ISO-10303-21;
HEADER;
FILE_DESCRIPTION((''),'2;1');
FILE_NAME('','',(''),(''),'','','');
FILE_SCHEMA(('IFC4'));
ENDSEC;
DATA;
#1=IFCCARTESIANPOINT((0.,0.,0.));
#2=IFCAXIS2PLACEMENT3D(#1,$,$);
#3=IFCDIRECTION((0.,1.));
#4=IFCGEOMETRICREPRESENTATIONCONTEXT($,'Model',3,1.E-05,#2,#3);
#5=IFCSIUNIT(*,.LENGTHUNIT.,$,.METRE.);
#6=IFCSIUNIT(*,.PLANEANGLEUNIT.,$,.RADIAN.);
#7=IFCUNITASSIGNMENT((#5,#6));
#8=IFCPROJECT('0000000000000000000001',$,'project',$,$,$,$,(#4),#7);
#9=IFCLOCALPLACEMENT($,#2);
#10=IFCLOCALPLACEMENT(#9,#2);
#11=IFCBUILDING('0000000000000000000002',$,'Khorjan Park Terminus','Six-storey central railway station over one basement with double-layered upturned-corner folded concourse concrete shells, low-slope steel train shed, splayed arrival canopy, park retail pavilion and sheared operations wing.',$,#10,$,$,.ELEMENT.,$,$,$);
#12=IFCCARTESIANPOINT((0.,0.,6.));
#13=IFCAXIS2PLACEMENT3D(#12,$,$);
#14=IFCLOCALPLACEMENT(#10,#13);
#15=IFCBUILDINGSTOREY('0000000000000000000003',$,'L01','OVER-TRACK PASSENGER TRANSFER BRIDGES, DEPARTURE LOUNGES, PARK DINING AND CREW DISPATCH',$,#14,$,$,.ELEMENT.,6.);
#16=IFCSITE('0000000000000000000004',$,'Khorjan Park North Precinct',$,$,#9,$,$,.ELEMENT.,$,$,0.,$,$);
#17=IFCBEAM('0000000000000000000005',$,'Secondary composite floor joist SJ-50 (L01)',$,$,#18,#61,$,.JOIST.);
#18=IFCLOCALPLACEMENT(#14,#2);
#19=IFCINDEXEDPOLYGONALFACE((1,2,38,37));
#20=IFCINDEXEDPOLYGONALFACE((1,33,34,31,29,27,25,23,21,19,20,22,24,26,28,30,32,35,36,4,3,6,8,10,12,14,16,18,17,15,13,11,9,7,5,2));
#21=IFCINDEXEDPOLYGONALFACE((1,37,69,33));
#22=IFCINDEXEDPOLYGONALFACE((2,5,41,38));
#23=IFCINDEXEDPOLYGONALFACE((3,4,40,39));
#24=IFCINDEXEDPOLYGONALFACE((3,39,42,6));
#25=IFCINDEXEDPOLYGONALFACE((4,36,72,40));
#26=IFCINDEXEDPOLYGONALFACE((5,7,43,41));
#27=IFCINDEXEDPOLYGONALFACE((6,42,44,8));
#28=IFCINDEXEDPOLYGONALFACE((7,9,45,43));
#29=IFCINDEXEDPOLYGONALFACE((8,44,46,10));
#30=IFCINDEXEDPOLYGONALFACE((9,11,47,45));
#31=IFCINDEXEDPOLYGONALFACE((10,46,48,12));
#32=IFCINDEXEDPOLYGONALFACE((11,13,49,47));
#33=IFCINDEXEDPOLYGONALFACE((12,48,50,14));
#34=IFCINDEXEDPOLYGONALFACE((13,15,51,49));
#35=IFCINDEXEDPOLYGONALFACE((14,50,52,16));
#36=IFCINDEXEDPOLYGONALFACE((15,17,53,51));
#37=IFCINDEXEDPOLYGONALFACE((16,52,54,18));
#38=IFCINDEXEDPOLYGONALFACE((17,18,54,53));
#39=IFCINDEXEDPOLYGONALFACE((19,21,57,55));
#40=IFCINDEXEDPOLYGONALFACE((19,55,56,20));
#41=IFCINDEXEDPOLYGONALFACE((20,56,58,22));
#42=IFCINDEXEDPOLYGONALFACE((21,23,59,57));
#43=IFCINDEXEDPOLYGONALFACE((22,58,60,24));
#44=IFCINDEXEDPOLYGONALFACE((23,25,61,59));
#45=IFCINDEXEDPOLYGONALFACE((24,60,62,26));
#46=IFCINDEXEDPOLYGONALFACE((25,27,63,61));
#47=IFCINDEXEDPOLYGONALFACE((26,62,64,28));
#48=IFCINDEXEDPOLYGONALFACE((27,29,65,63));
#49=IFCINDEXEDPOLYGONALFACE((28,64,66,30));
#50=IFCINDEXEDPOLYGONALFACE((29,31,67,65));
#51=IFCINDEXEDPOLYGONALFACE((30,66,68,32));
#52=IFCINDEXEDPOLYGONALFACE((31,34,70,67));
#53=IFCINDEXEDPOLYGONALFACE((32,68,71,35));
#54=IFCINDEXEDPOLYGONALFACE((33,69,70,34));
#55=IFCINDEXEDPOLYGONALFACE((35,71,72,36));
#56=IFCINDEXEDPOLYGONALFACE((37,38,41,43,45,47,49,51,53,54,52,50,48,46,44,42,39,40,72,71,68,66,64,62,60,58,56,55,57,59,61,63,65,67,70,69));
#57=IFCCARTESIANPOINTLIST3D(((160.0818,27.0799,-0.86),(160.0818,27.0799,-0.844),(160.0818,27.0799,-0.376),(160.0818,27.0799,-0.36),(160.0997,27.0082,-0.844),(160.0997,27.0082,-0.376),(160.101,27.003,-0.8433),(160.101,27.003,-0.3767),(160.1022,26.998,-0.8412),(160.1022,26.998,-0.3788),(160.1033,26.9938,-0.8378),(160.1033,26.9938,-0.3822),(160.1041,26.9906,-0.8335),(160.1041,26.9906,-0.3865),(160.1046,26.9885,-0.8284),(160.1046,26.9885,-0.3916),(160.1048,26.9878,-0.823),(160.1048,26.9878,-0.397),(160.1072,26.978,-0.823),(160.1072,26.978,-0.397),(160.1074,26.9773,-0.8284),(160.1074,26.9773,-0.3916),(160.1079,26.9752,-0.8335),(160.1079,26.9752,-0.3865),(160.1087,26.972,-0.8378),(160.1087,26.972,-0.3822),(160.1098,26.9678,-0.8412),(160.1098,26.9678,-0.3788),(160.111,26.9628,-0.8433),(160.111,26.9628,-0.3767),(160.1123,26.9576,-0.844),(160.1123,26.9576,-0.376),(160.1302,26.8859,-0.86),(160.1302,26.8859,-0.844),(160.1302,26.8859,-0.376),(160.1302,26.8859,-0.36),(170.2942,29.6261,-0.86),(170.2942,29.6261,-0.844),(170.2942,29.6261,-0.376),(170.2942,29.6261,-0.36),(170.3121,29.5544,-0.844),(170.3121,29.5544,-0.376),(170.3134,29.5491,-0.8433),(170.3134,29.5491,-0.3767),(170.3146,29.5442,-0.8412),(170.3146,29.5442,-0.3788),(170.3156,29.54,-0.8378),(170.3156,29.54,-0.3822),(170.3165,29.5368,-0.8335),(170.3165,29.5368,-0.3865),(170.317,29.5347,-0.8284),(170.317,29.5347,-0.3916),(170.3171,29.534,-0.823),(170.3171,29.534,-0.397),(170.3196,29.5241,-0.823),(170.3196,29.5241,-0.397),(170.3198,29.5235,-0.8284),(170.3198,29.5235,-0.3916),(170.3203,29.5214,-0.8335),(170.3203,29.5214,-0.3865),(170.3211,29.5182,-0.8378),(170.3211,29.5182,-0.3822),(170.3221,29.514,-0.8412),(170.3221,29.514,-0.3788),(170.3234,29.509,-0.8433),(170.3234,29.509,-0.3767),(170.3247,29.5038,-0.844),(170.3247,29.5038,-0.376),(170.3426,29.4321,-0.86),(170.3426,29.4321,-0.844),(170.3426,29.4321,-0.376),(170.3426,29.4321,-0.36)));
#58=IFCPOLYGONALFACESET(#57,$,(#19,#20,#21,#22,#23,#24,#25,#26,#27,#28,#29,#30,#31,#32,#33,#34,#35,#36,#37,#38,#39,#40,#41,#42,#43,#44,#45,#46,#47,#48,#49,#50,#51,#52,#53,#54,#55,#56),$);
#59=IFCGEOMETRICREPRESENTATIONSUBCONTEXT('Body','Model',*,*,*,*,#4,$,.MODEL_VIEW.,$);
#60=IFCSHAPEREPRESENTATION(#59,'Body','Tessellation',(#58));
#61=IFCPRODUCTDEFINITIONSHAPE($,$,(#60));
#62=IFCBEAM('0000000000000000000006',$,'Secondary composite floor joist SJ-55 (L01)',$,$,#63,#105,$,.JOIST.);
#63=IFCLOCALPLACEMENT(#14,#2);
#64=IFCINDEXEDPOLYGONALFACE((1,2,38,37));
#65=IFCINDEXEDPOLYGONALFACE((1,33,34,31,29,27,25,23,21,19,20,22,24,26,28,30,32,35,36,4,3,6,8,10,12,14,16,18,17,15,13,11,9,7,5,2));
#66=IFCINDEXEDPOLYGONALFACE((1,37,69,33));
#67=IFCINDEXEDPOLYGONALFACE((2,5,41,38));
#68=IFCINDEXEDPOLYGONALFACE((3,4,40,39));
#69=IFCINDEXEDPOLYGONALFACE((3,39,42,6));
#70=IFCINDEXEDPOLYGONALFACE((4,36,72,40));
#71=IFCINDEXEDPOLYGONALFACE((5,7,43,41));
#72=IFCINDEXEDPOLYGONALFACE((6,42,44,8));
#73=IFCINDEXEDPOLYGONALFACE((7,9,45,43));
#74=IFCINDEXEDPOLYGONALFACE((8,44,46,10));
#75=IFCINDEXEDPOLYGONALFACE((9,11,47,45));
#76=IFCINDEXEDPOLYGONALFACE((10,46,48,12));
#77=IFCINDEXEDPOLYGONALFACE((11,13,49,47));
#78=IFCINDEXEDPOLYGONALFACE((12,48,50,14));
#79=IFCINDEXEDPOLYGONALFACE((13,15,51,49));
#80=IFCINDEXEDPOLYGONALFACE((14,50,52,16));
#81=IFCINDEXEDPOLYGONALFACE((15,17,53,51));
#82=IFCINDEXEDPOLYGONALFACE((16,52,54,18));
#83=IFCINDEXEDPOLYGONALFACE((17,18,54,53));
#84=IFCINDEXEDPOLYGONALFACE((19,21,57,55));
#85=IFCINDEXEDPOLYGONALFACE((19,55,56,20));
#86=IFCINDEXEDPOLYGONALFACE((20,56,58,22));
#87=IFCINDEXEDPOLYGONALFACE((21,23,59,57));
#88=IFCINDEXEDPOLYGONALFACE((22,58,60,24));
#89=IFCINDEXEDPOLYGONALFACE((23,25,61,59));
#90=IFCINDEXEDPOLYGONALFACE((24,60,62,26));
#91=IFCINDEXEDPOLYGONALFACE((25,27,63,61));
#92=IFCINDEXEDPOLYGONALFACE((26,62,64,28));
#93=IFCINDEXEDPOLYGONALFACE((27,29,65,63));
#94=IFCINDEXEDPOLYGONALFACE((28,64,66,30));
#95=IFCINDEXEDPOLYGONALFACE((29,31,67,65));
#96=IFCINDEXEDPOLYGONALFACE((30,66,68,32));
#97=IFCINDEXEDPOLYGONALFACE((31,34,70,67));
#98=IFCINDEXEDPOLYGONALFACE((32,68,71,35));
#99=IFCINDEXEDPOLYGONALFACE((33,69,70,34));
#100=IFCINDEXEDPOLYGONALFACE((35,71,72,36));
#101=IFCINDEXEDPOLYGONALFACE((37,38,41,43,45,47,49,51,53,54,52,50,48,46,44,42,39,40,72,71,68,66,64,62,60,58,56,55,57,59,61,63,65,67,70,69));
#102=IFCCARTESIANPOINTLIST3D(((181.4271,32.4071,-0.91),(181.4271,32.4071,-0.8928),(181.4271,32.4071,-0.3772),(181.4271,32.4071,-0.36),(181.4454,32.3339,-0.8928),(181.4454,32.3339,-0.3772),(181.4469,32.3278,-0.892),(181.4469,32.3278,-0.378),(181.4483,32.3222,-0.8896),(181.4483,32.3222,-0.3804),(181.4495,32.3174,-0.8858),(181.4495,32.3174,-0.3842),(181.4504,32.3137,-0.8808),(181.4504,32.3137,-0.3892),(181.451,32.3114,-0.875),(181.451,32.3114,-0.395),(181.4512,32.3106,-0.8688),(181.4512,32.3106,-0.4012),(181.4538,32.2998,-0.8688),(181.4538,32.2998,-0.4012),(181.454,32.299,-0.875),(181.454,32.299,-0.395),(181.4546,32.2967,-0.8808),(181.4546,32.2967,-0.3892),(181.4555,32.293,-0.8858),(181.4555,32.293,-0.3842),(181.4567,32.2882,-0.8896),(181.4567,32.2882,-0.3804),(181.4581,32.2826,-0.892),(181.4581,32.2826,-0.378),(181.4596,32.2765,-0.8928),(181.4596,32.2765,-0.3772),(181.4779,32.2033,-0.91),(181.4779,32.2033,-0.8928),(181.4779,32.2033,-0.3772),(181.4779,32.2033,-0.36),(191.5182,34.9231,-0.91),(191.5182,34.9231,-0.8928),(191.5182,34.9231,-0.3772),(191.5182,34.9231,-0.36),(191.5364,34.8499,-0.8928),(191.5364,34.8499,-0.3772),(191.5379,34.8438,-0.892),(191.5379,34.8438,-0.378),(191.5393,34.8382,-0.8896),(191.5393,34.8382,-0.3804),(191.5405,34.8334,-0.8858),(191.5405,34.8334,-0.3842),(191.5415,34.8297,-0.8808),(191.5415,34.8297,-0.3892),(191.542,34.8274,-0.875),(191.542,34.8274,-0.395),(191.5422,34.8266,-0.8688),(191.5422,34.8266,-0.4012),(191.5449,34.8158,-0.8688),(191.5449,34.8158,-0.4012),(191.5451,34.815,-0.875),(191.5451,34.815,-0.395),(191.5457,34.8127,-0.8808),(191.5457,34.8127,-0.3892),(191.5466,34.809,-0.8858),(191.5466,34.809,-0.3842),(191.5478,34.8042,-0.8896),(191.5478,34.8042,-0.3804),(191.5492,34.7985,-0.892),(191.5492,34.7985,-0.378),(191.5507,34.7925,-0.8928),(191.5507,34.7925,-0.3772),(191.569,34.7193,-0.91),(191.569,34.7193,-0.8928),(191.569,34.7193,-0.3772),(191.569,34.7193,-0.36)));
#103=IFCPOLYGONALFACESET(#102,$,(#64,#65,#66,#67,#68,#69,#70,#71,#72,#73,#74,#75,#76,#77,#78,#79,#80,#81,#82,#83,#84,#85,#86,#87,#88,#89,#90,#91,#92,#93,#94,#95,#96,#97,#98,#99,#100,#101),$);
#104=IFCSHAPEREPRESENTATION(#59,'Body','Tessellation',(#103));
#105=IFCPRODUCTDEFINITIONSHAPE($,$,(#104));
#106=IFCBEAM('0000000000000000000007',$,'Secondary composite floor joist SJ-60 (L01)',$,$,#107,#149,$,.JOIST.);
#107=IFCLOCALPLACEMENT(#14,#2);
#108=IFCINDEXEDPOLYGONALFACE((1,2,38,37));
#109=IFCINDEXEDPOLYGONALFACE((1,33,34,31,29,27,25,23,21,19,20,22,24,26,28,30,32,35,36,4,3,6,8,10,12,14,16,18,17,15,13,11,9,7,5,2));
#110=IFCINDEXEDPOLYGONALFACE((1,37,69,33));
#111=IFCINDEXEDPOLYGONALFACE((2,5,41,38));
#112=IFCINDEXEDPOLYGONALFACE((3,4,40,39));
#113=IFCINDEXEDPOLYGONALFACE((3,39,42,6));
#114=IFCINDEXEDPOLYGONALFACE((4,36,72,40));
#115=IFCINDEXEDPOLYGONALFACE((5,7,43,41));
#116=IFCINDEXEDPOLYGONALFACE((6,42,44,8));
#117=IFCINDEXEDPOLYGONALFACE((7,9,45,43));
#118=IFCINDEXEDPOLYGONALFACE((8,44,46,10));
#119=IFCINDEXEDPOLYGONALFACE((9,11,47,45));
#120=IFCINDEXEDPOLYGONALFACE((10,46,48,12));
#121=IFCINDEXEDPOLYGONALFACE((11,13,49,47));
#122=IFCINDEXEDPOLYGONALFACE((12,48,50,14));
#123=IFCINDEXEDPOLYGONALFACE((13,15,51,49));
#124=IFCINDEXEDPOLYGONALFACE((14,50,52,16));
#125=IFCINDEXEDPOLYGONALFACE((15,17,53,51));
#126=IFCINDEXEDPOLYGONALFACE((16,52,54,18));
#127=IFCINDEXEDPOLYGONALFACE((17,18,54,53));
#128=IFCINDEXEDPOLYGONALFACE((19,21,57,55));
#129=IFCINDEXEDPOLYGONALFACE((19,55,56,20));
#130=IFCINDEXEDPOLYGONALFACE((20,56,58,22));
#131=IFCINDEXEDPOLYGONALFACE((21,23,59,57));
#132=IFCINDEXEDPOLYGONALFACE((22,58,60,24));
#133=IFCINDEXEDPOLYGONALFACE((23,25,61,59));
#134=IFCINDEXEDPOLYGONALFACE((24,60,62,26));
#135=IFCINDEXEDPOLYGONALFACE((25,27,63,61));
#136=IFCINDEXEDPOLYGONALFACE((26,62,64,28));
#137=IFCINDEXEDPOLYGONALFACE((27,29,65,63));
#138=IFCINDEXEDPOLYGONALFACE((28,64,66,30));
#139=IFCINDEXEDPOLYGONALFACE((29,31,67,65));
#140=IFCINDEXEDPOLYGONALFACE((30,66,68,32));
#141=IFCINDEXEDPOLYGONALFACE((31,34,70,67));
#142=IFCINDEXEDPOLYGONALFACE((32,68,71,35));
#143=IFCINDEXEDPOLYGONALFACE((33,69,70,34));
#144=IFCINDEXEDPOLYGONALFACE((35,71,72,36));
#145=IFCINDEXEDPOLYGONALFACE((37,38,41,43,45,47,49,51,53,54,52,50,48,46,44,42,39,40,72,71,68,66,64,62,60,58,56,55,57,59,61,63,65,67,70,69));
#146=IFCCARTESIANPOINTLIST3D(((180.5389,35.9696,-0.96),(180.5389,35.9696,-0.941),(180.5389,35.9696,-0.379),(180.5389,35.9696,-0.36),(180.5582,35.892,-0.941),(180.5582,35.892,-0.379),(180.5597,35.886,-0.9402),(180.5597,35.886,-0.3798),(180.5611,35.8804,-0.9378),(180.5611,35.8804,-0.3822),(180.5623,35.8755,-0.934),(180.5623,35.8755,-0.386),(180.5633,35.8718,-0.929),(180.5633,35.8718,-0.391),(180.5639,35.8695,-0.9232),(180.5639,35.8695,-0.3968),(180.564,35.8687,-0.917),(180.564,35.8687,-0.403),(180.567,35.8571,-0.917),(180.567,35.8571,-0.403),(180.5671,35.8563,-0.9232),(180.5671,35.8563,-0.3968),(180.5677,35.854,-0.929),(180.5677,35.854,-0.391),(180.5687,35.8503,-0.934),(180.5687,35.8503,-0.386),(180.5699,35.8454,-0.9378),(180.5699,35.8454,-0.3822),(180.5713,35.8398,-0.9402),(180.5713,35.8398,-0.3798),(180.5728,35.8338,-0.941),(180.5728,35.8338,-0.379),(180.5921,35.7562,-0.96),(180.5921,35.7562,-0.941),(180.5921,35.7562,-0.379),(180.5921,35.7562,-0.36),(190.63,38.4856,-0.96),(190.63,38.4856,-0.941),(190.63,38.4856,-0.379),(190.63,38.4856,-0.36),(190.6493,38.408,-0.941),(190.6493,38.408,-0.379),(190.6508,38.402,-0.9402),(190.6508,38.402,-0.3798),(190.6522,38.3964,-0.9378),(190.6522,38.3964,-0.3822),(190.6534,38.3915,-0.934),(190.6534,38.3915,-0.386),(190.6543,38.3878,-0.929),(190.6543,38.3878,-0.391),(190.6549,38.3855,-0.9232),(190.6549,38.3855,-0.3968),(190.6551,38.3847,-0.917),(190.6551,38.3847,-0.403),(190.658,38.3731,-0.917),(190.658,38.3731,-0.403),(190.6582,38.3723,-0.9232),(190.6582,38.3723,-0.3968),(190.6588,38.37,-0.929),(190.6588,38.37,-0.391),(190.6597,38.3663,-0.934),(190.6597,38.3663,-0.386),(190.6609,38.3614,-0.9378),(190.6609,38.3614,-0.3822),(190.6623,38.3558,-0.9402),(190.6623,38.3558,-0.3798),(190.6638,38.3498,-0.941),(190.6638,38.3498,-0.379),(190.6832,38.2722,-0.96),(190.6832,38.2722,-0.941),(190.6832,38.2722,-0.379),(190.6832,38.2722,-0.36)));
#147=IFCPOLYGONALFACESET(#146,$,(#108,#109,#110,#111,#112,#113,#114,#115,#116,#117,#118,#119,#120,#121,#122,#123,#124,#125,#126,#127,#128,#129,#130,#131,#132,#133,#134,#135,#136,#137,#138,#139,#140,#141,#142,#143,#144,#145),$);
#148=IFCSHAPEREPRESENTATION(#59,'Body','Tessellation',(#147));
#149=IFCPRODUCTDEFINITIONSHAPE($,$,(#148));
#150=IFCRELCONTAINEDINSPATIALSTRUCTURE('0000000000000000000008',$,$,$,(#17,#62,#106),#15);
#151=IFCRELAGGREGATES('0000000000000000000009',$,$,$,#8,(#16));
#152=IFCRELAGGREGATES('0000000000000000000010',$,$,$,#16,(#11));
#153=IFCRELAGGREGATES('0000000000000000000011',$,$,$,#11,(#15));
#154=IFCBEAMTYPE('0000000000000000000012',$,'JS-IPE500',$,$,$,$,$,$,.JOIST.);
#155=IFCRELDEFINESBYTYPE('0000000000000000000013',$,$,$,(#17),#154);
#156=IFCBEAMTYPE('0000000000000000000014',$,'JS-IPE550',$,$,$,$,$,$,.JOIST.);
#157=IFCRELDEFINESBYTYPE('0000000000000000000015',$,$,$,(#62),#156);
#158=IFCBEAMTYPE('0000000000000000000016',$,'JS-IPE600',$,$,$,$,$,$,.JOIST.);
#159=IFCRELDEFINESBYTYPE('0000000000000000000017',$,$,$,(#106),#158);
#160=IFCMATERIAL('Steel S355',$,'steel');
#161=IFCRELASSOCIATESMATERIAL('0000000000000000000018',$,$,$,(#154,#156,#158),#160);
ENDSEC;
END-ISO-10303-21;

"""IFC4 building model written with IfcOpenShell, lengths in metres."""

from ifc_helpers import new_model, si_unit, direction, frame, origin, origin_2d, place, context, subcontext, project, spatial, i_section, extrude, material, material_profile, profile_set, type_object, element, save


model = new_model("IFC4")

# Units and contexts
model_context = context("Model", 3, precision=1e-05, world=origin(), true_north=direction((0.0, 1.0)))
body_context = subcontext(model_context, "Body", "Model", "MODEL_VIEW")
ifc_project = project(units=[si_unit("LENGTHUNIT", "METRE"), si_unit("PLANEANGLEUNIT", "RADIAN")], contexts=[model_context])

# Site, building, storey
site_placement = place(None, origin())
site = spatial("IfcSite", under=ifc_project, at=site_placement, Name="Khorjan Park North Precinct", CompositionType="ELEMENT", RefElevation=0.0)
building_placement = place(site_placement, origin())
building = spatial("IfcBuilding", under=site, at=building_placement, Name="Khorjan Park Terminus", Description="Six-storey central railway station over one basement with double-layered upturned-corner folded concourse concrete shells, low-slope steel train shed, splayed arrival canopy, park retail pavilion and sheared operations wing.", CompositionType="ELEMENT")
storey_placement = place(building_placement, frame((0.0, 0.0, 6.0)))
storey = spatial("IfcBuildingStorey", under=building, at=storey_placement, Name="L01", Description="OVER-TRACK PASSENGER TRANSFER BRIDGES, DEPARTURE LOUNGES, PARK DINING AND CREW DISPATCH", CompositionType="ELEMENT", Elevation=6.0)

# Beams
ifc_material_1 = material(Name="Steel S355", Category="steel")
ifc_material_profile_1 = material_profile(ifc_material_1, i_section(OverallWidth=0.2, OverallDepth=0.5, WebThickness=0.0102, FlangeThickness=0.016, FilletRadius=0.021, at=origin_2d()), Name="IPE 500")
ifc_profile_set_1 = profile_set([ifc_material_profile_1], Name="Steel S355")
beam_type_1 = type_object("IfcBeamType", Name="JS-IPE500", PredefinedType="JOIST", material=ifc_profile_set_1)
beam_1_placement = place(storey_placement, frame((160.106, 26.9829, -0.61), z_axis=(0.970297, 0.241919, 0.0), x_axis=(-0.241919, 0.970297, 0.0)))
element("IfcBeam", 1, at=beam_1_placement, inside=storey, type_object=beam_type_1, Name="Secondary composite floor joist SJ-50 (L01)", PredefinedType="JOIST", context=body_context, shape_type="SweptSolid", body=[
    extrude(i_section(OverallWidth=0.2, OverallDepth=0.5, WebThickness=0.0102, FlangeThickness=0.016, FilletRadius=0.021, at=origin_2d()), origin(), (0.0, 0.0, 1.0), 10.525),
])
ifc_material_profile_2 = material_profile(ifc_material_1, i_section(OverallWidth=0.21, OverallDepth=0.55, WebThickness=0.0111, FlangeThickness=0.0172, FilletRadius=0.024, at=origin_2d()), Name="IPE 550")
ifc_profile_set_2 = profile_set([ifc_material_profile_2], Name="Steel S355")
beam_type_2 = type_object("IfcBeamType", Name="JS-IPE550", PredefinedType="JOIST", material=ifc_profile_set_2)
beam_2_placement = place(storey_placement, frame((181.4525, 32.3052, -0.635), z_axis=(0.970296, 0.241922, 0.0), x_axis=(-0.241922, 0.970296, 0.0)))
element("IfcBeam", 2, at=beam_2_placement, inside=storey, type_object=beam_type_2, Name="Secondary composite floor joist SJ-55 (L01)", PredefinedType="JOIST", context=body_context, shape_type="SweptSolid", body=[
    extrude(i_section(OverallWidth=0.21, OverallDepth=0.55, WebThickness=0.0111, FlangeThickness=0.0172, FilletRadius=0.024, at=origin_2d()), origin(), (0.0, 0.0, 1.0), 10.4),
])
ifc_material_profile_3 = material_profile(ifc_material_1, i_section(OverallWidth=0.22, OverallDepth=0.6, WebThickness=0.012, FlangeThickness=0.019, FilletRadius=0.024, at=origin_2d()), Name="IPE 600")
ifc_profile_set_3 = profile_set([ifc_material_profile_3], Name="Steel S355")
beam_type_3 = type_object("IfcBeamType", Name="JS-IPE600", PredefinedType="JOIST", material=ifc_profile_set_3)
beam_3_placement = place(storey_placement, frame((180.5655, 35.8629, -0.66), z_axis=(0.970296, 0.241922, 0.0), x_axis=(-0.241922, 0.970296, 0.0)))
element("IfcBeam", 3, at=beam_3_placement, inside=storey, type_object=beam_type_3, Name="Secondary composite floor joist SJ-60 (L01)", PredefinedType="JOIST", context=body_context, shape_type="SweptSolid", body=[
    extrude(i_section(OverallWidth=0.22, OverallDepth=0.6, WebThickness=0.012, FlangeThickness=0.019, FilletRadius=0.024, at=origin_2d()), origin(), (0.0, 0.0, 1.0), 10.4),
])

save(model, "model.ifc")
